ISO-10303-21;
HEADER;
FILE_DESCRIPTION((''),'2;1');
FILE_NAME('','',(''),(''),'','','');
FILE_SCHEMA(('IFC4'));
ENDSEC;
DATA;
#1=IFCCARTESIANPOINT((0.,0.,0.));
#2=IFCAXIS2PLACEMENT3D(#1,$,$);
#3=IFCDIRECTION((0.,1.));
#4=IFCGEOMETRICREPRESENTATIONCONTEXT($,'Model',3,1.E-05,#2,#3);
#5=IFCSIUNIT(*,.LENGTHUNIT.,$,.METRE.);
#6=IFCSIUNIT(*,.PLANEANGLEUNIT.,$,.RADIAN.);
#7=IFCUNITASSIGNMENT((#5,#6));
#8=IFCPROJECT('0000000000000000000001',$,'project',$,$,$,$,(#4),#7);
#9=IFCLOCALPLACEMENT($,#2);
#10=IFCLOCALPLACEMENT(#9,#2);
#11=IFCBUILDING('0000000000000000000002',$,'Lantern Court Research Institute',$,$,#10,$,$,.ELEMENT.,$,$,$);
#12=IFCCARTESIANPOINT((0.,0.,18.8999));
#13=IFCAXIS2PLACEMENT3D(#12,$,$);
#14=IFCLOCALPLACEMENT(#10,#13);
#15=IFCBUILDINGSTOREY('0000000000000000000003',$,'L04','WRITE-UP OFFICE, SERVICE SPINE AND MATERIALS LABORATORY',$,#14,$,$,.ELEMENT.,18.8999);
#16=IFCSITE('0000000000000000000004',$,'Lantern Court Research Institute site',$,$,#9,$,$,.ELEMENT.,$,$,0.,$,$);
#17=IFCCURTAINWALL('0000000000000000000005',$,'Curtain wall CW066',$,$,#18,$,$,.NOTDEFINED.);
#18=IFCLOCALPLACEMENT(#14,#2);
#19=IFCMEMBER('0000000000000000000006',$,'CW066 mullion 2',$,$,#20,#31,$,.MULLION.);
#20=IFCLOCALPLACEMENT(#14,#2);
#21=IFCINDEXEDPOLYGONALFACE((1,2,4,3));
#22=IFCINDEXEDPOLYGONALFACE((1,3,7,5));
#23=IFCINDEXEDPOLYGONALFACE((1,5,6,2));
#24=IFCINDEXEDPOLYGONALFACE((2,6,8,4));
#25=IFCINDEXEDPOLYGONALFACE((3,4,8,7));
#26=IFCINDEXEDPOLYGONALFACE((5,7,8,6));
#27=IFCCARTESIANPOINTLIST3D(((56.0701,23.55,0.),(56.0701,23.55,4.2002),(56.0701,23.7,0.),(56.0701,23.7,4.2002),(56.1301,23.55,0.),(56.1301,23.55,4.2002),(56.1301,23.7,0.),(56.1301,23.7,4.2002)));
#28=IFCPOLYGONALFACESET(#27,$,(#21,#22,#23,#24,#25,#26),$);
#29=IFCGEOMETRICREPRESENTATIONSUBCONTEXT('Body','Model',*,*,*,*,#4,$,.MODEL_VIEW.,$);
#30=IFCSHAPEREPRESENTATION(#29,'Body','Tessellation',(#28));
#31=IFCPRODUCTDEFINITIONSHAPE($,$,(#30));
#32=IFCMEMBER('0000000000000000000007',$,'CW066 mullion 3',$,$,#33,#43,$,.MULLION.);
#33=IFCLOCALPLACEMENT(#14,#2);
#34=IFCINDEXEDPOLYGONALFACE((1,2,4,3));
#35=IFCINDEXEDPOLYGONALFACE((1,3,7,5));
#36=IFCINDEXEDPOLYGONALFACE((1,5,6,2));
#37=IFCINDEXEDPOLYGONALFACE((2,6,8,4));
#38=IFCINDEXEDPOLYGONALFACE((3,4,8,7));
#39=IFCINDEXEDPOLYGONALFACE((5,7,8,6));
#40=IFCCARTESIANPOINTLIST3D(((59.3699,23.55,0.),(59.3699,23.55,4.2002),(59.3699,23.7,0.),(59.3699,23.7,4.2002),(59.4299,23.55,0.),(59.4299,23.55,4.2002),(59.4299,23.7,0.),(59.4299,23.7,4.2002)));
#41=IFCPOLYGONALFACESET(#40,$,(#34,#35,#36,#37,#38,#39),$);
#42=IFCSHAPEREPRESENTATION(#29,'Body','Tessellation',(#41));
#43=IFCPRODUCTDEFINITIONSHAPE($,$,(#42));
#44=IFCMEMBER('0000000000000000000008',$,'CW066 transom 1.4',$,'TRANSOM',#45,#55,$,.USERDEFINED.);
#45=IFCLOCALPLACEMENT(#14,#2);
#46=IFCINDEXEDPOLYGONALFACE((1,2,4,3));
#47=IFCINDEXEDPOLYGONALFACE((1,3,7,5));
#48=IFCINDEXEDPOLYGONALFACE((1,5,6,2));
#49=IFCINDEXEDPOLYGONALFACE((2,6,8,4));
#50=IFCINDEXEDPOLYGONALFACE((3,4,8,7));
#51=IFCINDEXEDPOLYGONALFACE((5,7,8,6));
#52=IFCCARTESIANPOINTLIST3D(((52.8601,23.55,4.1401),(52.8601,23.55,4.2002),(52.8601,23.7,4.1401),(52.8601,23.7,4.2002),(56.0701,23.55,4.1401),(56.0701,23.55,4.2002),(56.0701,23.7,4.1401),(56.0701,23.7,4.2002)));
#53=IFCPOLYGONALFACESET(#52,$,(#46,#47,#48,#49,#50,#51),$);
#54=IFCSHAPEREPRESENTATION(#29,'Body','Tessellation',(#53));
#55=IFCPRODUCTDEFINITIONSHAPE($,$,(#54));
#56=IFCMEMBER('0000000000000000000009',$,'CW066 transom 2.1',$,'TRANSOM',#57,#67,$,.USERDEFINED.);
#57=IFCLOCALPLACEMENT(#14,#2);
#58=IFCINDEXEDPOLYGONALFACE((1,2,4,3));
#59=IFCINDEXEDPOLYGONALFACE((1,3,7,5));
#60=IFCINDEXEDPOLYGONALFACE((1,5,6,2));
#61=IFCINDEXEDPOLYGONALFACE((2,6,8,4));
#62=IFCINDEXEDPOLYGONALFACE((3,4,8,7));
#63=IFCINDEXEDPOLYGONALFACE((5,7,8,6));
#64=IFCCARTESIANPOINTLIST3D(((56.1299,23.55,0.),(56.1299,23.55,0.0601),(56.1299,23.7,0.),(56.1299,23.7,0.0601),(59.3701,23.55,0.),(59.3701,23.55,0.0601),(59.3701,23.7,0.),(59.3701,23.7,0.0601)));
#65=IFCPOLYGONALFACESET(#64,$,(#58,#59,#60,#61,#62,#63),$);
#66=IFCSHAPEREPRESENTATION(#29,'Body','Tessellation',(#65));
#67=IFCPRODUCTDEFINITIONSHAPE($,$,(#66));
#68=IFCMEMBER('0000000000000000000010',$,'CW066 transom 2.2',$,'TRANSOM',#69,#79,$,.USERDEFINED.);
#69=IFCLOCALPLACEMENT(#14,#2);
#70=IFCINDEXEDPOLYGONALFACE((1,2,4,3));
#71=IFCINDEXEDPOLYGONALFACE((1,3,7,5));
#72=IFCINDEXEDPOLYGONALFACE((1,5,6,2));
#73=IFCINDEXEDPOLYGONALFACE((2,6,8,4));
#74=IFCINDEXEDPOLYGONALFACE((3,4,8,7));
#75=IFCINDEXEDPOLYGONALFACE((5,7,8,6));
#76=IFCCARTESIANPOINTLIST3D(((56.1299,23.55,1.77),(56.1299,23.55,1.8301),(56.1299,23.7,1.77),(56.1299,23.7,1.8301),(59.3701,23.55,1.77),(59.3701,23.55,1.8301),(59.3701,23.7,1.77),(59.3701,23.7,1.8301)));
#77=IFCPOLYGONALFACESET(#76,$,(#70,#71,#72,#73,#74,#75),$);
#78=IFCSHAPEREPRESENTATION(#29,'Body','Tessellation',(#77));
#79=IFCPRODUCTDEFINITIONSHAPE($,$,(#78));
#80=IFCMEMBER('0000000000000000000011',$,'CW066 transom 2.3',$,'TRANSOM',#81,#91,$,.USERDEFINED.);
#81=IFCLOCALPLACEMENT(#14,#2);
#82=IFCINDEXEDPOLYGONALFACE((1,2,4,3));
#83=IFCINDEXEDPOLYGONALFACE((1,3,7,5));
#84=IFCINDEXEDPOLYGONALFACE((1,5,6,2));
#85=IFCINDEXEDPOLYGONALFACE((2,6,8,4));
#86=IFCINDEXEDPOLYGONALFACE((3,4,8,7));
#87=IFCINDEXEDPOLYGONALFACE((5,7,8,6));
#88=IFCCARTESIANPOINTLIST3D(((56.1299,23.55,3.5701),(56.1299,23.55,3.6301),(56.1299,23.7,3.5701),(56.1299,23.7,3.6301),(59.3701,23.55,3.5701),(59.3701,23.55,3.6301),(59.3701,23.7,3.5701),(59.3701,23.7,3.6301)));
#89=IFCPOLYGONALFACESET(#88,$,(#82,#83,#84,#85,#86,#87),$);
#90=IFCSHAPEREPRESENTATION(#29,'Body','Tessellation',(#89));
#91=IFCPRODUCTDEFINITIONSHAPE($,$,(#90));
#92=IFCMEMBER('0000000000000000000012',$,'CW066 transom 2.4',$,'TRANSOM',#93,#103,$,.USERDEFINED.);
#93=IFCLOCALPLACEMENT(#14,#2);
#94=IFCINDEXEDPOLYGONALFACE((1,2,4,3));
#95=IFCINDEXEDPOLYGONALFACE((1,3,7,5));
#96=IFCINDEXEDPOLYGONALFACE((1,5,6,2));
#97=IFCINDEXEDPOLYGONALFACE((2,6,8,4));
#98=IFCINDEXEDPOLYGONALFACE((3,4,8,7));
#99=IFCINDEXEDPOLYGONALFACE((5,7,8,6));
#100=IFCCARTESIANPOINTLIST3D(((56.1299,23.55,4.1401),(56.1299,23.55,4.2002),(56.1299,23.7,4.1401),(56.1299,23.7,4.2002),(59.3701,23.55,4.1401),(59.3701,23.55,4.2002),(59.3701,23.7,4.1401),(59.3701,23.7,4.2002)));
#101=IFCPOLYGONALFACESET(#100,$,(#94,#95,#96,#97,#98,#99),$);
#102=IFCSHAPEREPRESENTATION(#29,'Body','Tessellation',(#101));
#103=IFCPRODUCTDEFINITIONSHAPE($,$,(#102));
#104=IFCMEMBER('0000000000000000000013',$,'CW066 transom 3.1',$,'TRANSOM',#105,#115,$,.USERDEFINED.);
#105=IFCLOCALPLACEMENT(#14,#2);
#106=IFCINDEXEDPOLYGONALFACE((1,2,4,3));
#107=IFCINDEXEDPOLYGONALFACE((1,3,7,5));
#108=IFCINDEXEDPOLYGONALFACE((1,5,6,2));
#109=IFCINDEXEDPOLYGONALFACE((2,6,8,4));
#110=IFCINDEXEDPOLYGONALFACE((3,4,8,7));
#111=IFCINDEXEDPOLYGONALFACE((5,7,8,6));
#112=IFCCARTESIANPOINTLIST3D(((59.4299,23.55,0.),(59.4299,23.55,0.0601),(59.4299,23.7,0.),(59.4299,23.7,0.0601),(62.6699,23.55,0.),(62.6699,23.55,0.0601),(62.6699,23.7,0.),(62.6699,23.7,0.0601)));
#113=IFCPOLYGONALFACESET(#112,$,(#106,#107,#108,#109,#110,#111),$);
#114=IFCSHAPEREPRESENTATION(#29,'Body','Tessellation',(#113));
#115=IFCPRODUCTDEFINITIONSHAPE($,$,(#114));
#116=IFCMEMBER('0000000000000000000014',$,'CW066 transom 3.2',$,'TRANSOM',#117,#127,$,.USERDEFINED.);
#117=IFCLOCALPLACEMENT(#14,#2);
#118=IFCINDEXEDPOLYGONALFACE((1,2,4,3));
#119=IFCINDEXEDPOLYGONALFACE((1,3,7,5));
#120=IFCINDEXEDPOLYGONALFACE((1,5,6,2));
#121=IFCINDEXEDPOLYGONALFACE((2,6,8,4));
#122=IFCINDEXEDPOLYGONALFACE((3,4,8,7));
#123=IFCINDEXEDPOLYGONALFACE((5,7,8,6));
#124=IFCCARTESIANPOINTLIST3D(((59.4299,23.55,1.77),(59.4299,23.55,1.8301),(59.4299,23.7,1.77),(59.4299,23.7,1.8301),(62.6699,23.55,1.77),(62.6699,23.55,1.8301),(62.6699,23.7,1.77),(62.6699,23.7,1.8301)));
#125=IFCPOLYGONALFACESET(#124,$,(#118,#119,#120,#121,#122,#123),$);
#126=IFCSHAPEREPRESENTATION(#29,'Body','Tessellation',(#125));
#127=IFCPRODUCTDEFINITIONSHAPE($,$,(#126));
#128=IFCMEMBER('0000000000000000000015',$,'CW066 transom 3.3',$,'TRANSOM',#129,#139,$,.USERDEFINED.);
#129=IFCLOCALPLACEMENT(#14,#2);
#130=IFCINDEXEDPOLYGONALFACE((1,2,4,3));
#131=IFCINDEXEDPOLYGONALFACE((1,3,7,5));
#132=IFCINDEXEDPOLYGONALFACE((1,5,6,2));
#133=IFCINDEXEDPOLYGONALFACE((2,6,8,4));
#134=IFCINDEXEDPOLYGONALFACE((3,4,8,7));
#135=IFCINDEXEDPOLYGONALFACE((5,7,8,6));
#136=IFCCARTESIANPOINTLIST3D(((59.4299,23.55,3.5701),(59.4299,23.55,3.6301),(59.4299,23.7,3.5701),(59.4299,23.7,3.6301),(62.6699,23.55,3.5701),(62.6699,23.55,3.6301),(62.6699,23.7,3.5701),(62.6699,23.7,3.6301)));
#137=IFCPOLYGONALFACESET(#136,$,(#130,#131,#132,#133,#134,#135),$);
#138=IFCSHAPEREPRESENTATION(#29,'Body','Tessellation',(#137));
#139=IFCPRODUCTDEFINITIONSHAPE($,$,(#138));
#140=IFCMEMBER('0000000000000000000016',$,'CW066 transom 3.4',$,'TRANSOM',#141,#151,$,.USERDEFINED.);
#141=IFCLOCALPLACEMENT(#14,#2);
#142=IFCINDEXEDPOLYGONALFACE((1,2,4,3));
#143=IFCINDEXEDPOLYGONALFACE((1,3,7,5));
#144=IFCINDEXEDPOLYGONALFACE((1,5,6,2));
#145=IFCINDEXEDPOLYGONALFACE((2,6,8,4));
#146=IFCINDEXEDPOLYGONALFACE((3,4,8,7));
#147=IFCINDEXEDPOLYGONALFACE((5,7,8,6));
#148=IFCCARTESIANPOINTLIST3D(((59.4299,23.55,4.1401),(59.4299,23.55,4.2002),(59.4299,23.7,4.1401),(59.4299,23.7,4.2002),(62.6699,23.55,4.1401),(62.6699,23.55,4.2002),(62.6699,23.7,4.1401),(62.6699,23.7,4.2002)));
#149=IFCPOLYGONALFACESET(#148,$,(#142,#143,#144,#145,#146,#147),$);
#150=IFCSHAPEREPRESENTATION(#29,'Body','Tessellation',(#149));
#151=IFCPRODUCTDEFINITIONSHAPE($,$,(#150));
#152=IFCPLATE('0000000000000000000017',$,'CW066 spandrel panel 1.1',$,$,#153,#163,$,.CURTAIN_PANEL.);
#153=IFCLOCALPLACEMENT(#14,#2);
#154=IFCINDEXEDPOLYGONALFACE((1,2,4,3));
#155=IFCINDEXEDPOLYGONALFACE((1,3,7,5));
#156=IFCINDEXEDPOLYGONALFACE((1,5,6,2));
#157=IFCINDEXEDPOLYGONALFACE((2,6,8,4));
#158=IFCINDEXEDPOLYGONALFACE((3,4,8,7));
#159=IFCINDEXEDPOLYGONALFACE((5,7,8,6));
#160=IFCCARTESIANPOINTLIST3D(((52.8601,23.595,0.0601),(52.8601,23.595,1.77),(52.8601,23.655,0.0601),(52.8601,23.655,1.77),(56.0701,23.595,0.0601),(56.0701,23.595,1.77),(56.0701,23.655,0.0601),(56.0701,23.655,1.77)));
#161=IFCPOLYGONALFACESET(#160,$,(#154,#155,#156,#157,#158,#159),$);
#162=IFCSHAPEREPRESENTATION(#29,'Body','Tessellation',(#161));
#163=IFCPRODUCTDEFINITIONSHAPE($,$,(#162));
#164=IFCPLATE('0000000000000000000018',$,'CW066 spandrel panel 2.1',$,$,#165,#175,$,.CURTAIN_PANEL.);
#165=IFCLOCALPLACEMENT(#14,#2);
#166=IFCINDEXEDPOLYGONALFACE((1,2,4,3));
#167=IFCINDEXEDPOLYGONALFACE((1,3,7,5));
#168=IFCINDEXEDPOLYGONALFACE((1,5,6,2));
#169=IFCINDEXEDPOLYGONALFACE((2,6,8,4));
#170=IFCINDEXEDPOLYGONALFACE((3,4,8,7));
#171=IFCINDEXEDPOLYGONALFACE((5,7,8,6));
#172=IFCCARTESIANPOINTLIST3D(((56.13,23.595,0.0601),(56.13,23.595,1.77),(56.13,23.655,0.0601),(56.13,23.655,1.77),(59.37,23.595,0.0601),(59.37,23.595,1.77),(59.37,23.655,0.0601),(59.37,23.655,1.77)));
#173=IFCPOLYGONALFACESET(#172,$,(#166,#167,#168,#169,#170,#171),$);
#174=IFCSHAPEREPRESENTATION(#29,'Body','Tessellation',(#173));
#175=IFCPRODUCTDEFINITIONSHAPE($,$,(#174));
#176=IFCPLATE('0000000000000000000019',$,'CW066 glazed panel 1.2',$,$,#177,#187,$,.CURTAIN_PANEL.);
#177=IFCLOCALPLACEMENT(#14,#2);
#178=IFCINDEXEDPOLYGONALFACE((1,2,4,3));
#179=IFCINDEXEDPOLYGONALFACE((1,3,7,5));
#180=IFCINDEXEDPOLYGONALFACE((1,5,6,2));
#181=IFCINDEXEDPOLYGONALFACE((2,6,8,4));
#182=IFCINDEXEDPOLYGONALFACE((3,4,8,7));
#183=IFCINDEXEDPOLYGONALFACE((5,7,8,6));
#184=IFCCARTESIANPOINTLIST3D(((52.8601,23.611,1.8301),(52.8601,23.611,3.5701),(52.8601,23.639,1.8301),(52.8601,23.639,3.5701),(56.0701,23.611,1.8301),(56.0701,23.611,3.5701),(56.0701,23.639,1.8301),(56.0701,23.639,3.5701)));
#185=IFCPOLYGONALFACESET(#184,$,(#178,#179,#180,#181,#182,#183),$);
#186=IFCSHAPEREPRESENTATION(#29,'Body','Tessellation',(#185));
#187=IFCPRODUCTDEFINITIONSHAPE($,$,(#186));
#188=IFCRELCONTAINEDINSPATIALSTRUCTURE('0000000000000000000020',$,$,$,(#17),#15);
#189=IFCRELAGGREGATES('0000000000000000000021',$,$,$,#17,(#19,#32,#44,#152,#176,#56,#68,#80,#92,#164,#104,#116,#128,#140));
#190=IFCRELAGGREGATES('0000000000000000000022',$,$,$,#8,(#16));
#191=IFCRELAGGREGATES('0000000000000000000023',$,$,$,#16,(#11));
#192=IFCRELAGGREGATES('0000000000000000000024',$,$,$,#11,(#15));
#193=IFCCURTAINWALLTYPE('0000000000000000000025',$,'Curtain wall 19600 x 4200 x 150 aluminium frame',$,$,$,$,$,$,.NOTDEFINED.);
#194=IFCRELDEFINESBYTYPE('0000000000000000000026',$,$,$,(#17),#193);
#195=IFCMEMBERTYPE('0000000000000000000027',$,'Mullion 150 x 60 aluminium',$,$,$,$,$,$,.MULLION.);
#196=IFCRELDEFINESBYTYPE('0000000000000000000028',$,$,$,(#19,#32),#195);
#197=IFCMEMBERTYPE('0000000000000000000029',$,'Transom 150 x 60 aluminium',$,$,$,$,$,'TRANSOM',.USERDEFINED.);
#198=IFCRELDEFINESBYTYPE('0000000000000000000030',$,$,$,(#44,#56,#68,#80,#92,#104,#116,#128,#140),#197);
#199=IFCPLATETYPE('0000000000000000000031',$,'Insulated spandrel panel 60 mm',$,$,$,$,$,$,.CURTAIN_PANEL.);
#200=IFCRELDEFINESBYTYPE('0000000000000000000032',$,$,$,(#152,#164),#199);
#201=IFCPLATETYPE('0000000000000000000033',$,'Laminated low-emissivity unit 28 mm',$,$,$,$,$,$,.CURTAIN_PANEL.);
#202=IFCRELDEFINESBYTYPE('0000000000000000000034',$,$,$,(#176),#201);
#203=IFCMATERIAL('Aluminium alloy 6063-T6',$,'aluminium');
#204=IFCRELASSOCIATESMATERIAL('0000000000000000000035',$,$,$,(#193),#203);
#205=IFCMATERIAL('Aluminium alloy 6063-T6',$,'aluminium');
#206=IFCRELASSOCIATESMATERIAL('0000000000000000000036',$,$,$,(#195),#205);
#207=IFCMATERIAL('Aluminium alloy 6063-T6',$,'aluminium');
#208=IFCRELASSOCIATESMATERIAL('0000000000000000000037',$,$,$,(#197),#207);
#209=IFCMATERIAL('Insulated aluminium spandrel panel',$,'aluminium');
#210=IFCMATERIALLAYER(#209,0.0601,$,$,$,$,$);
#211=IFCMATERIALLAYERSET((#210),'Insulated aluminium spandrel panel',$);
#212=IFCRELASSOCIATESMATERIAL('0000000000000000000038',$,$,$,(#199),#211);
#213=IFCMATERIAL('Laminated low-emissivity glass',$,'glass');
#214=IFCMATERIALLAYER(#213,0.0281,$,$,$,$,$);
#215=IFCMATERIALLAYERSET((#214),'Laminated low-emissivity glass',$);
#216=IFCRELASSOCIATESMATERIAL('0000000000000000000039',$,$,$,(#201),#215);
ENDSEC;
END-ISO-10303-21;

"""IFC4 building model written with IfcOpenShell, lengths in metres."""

from ifc_helpers import new_model, si_unit, direction, frame, origin, origin_2d, place, context, subcontext, project, spatial, rectangle, extrude, material, layer, layer_set, material_profile, profile_set, type_object, element, aggregate, save


model = new_model("IFC4")

# Units and contexts
model_context = context("Model", 3, precision=1e-05, world=origin(), true_north=direction((0.0, 1.0)))
body_context = subcontext(model_context, "Body", "Model", "MODEL_VIEW")
ifc_project = project(units=[si_unit("LENGTHUNIT", "METRE"), si_unit("PLANEANGLEUNIT", "RADIAN")], contexts=[model_context])

# Site, building, storey
site_placement = place(None, origin())
site = spatial("IfcSite", under=ifc_project, at=site_placement, Name="Lantern Court Research Institute site", CompositionType="ELEMENT", RefElevation=0.0)
building_placement = place(site_placement, origin())
building = spatial("IfcBuilding", under=site, at=building_placement, Name="Lantern Court Research Institute", CompositionType="ELEMENT")
storey_placement = place(building_placement, frame((0.0, 0.0, 18.8999)))
storey = spatial("IfcBuildingStorey", under=building, at=storey_placement, Name="L04", Description="WRITE-UP OFFICE, SERVICE SPINE AND MATERIALS LABORATORY", CompositionType="ELEMENT", Elevation=18.8999)

# Curtain wall, members, plates
ifc_material_1 = material(Name="Aluminium alloy 6063-T6", Category="aluminium")
curtain_wall_type = type_object("IfcCurtainWallType", Name="Curtain wall 19600 x 4200 x 150 aluminium frame", PredefinedType="NOTDEFINED", material=ifc_material_1)
curtain_wall_placement = place(storey_placement, origin())
curtain_wall = element("IfcCurtainWall", 1, at=curtain_wall_placement, inside=storey, type_object=curtain_wall_type, Name="Curtain wall CW066", PredefinedType="NOTDEFINED")
ifc_material_2 = material(Name="Aluminium alloy 6063-T6", Category="aluminium")
ifc_material_profile_1 = material_profile(ifc_material_2, rectangle(XDim=0.1499, YDim=0.0601, at=origin_2d()), Name="Mullion 150 x 60")
ifc_profile_set_1 = profile_set([ifc_material_profile_1], Name="Aluminium alloy 6063-T6")
member_type_1 = type_object("IfcMemberType", Name="Mullion 150 x 60 aluminium", PredefinedType="MULLION", material=ifc_profile_set_1)
member_1_placement = place(storey_placement, frame((56.1001, 23.625, 0.0), z_axis=(0.0, 0.0, 1.0), x_axis=(0.0, 1.0, 0.0)))
member_1 = element("IfcMember", 2, at=member_1_placement, type_object=member_type_1, Name="CW066 mullion 2", PredefinedType="MULLION", context=body_context, shape_type="SweptSolid", body=[
    extrude(rectangle(XDim=0.1499, YDim=0.0601, at=origin_2d()), origin(), (0.0, 0.0, 1.0), 4.2002),
])
member_2_placement = place(storey_placement, frame((59.3999, 23.625, 0.0), z_axis=(0.0, 0.0, 1.0), x_axis=(0.0, 1.0, 0.0)))
member_2 = element("IfcMember", 3, at=member_2_placement, type_object=member_type_1, Name="CW066 mullion 3", PredefinedType="MULLION", context=body_context, shape_type="SweptSolid", body=[
    extrude(rectangle(XDim=0.1499, YDim=0.0601, at=origin_2d()), origin(), (0.0, 0.0, 1.0), 4.2002),
])
ifc_material_3 = material(Name="Aluminium alloy 6063-T6", Category="aluminium")
ifc_material_profile_2 = material_profile(ifc_material_3, rectangle(XDim=0.1499, YDim=0.0601, at=origin_2d()), Name="Transom 150 x 60")
ifc_profile_set_2 = profile_set([ifc_material_profile_2], Name="Aluminium alloy 6063-T6")
member_type_2 = type_object("IfcMemberType", Name="Transom 150 x 60 aluminium", ElementType="TRANSOM", PredefinedType="USERDEFINED", material=ifc_profile_set_2)
member_3_placement = place(storey_placement, frame((52.8601, 23.625, 4.1702), z_axis=(1.0, 0.0, 0.0), x_axis=(0.0, 1.0, 0.0)))
member_3 = element("IfcMember", 4, at=member_3_placement, type_object=member_type_2, Name="CW066 transom 1.4", ObjectType="TRANSOM", PredefinedType="USERDEFINED", context=body_context, shape_type="SweptSolid", body=[
    extrude(rectangle(XDim=0.1499, YDim=0.0601, at=origin_2d()), origin(), (0.0, 0.0, 1.0), 3.21),
])
member_4_placement = place(storey_placement, frame((56.1299, 23.625, 0.03), z_axis=(1.0, 0.0, 0.0), x_axis=(0.0, 1.0, 0.0)))
member_4 = element("IfcMember", 5, at=member_4_placement, type_object=member_type_2, Name="CW066 transom 2.1", ObjectType="TRANSOM", PredefinedType="USERDEFINED", context=body_context, shape_type="SweptSolid", body=[
    extrude(rectangle(XDim=0.1499, YDim=0.0601, at=origin_2d()), origin(), (0.0, 0.0, 1.0), 3.2402),
])
member_5_placement = place(storey_placement, frame((56.1299, 23.625, 1.8), z_axis=(1.0, 0.0, 0.0), x_axis=(0.0, 1.0, 0.0)))
member_5 = element("IfcMember", 6, at=member_5_placement, type_object=member_type_2, Name="CW066 transom 2.2", ObjectType="TRANSOM", PredefinedType="USERDEFINED", context=body_context, shape_type="SweptSolid", body=[
    extrude(rectangle(XDim=0.1499, YDim=0.0601, at=origin_2d()), origin(), (0.0, 0.0, 1.0), 3.2402),
])
member_6_placement = place(storey_placement, frame((56.1299, 23.625, 3.6001), z_axis=(1.0, 0.0, 0.0), x_axis=(0.0, 1.0, 0.0)))
member_6 = element("IfcMember", 7, at=member_6_placement, type_object=member_type_2, Name="CW066 transom 2.3", ObjectType="TRANSOM", PredefinedType="USERDEFINED", context=body_context, shape_type="SweptSolid", body=[
    extrude(rectangle(XDim=0.1499, YDim=0.0601, at=origin_2d()), origin(), (0.0, 0.0, 1.0), 3.2402),
])
member_7_placement = place(storey_placement, frame((56.1299, 23.625, 4.1702), z_axis=(1.0, 0.0, 0.0), x_axis=(0.0, 1.0, 0.0)))
member_7 = element("IfcMember", 8, at=member_7_placement, type_object=member_type_2, Name="CW066 transom 2.4", ObjectType="TRANSOM", PredefinedType="USERDEFINED", context=body_context, shape_type="SweptSolid", body=[
    extrude(rectangle(XDim=0.1499, YDim=0.0601, at=origin_2d()), origin(), (0.0, 0.0, 1.0), 3.2402),
])
member_8_placement = place(storey_placement, frame((59.4299, 23.625, 0.03), z_axis=(1.0, 0.0, 0.0), x_axis=(0.0, 1.0, 0.0)))
member_8 = element("IfcMember", 9, at=member_8_placement, type_object=member_type_2, Name="CW066 transom 3.1", ObjectType="TRANSOM", PredefinedType="USERDEFINED", context=body_context, shape_type="SweptSolid", body=[
    extrude(rectangle(XDim=0.1499, YDim=0.0601, at=origin_2d()), origin(), (0.0, 0.0, 1.0), 3.24),
])
member_9_placement = place(storey_placement, frame((59.4299, 23.625, 1.8), z_axis=(1.0, 0.0, 0.0), x_axis=(0.0, 1.0, 0.0)))
member_9 = element("IfcMember", 10, at=member_9_placement, type_object=member_type_2, Name="CW066 transom 3.2", ObjectType="TRANSOM", PredefinedType="USERDEFINED", context=body_context, shape_type="SweptSolid", body=[
    extrude(rectangle(XDim=0.1499, YDim=0.0601, at=origin_2d()), origin(), (0.0, 0.0, 1.0), 3.24),
])
member_10_placement = place(storey_placement, frame((59.4299, 23.625, 3.6001), z_axis=(1.0, 0.0, 0.0), x_axis=(0.0, 1.0, 0.0)))
member_10 = element("IfcMember", 11, at=member_10_placement, type_object=member_type_2, Name="CW066 transom 3.3", ObjectType="TRANSOM", PredefinedType="USERDEFINED", context=body_context, shape_type="SweptSolid", body=[
    extrude(rectangle(XDim=0.1499, YDim=0.0601, at=origin_2d()), origin(), (0.0, 0.0, 1.0), 3.24),
])
member_11_placement = place(storey_placement, frame((59.4299, 23.625, 4.1702), z_axis=(1.0, 0.0, 0.0), x_axis=(0.0, 1.0, 0.0)))
member_11 = element("IfcMember", 12, at=member_11_placement, type_object=member_type_2, Name="CW066 transom 3.4", ObjectType="TRANSOM", PredefinedType="USERDEFINED", context=body_context, shape_type="SweptSolid", body=[
    extrude(rectangle(XDim=0.1499, YDim=0.0601, at=origin_2d()), origin(), (0.0, 0.0, 1.0), 3.24),
])
ifc_material_4 = material(Name="Insulated aluminium spandrel panel", Category="aluminium")
ifc_layer_1 = layer(ifc_material_4, 0.0601)
ifc_layer_set_1 = layer_set([ifc_layer_1], Name="Insulated aluminium spandrel panel")
plate_type_1 = type_object("IfcPlateType", Name="Insulated spandrel panel 60 mm", PredefinedType="CURTAIN_PANEL", material=ifc_layer_set_1)
plate_1_placement = place(storey_placement, frame((54.4651, 23.625, 0.0601), z_axis=(0.0, 0.0, 1.0), x_axis=(1.0, 0.0, 0.0)))
plate_1 = element("IfcPlate", 13, at=plate_1_placement, type_object=plate_type_1, Name="CW066 spandrel panel 1.1", PredefinedType="CURTAIN_PANEL", context=body_context, shape_type="SweptSolid", body=[
    extrude(rectangle(XDim=3.21, YDim=0.0601, at=origin_2d()), origin(), (0.0, 0.0, 1.0), 1.71),
])
plate_2_placement = place(storey_placement, frame((57.75, 23.625, 0.0601), z_axis=(0.0, 0.0, 1.0), x_axis=(1.0, 0.0, 0.0)))
plate_2 = element("IfcPlate", 14, at=plate_2_placement, type_object=plate_type_1, Name="CW066 spandrel panel 2.1", PredefinedType="CURTAIN_PANEL", context=body_context, shape_type="SweptSolid", body=[
    extrude(rectangle(XDim=3.24, YDim=0.0601, at=origin_2d()), origin(), (0.0, 0.0, 1.0), 1.71),
])
ifc_material_5 = material(Name="Laminated low-emissivity glass", Category="glass")
ifc_layer_2 = layer(ifc_material_5, 0.0281)
ifc_layer_set_2 = layer_set([ifc_layer_2], Name="Laminated low-emissivity glass")
plate_type_2 = type_object("IfcPlateType", Name="Laminated low-emissivity unit 28 mm", PredefinedType="CURTAIN_PANEL", material=ifc_layer_set_2)
plate_3_placement = place(storey_placement, frame((54.4651, 23.625, 1.8301), z_axis=(0.0, 0.0, 1.0), x_axis=(1.0, 0.0, 0.0)))
plate_3 = element("IfcPlate", 15, at=plate_3_placement, type_object=plate_type_2, Name="CW066 glazed panel 1.2", PredefinedType="CURTAIN_PANEL", context=body_context, shape_type="SweptSolid", body=[
    extrude(rectangle(XDim=3.21, YDim=0.0281, at=origin_2d()), origin(), (0.0, 0.0, 1.0), 1.74),
])
aggregate(curtain_wall, [member_1, member_2, member_3, plate_1, plate_3, member_4, member_5, member_6, member_7, plate_2, member_8, member_9, member_10, member_11])

save(model, "model.ifc")
